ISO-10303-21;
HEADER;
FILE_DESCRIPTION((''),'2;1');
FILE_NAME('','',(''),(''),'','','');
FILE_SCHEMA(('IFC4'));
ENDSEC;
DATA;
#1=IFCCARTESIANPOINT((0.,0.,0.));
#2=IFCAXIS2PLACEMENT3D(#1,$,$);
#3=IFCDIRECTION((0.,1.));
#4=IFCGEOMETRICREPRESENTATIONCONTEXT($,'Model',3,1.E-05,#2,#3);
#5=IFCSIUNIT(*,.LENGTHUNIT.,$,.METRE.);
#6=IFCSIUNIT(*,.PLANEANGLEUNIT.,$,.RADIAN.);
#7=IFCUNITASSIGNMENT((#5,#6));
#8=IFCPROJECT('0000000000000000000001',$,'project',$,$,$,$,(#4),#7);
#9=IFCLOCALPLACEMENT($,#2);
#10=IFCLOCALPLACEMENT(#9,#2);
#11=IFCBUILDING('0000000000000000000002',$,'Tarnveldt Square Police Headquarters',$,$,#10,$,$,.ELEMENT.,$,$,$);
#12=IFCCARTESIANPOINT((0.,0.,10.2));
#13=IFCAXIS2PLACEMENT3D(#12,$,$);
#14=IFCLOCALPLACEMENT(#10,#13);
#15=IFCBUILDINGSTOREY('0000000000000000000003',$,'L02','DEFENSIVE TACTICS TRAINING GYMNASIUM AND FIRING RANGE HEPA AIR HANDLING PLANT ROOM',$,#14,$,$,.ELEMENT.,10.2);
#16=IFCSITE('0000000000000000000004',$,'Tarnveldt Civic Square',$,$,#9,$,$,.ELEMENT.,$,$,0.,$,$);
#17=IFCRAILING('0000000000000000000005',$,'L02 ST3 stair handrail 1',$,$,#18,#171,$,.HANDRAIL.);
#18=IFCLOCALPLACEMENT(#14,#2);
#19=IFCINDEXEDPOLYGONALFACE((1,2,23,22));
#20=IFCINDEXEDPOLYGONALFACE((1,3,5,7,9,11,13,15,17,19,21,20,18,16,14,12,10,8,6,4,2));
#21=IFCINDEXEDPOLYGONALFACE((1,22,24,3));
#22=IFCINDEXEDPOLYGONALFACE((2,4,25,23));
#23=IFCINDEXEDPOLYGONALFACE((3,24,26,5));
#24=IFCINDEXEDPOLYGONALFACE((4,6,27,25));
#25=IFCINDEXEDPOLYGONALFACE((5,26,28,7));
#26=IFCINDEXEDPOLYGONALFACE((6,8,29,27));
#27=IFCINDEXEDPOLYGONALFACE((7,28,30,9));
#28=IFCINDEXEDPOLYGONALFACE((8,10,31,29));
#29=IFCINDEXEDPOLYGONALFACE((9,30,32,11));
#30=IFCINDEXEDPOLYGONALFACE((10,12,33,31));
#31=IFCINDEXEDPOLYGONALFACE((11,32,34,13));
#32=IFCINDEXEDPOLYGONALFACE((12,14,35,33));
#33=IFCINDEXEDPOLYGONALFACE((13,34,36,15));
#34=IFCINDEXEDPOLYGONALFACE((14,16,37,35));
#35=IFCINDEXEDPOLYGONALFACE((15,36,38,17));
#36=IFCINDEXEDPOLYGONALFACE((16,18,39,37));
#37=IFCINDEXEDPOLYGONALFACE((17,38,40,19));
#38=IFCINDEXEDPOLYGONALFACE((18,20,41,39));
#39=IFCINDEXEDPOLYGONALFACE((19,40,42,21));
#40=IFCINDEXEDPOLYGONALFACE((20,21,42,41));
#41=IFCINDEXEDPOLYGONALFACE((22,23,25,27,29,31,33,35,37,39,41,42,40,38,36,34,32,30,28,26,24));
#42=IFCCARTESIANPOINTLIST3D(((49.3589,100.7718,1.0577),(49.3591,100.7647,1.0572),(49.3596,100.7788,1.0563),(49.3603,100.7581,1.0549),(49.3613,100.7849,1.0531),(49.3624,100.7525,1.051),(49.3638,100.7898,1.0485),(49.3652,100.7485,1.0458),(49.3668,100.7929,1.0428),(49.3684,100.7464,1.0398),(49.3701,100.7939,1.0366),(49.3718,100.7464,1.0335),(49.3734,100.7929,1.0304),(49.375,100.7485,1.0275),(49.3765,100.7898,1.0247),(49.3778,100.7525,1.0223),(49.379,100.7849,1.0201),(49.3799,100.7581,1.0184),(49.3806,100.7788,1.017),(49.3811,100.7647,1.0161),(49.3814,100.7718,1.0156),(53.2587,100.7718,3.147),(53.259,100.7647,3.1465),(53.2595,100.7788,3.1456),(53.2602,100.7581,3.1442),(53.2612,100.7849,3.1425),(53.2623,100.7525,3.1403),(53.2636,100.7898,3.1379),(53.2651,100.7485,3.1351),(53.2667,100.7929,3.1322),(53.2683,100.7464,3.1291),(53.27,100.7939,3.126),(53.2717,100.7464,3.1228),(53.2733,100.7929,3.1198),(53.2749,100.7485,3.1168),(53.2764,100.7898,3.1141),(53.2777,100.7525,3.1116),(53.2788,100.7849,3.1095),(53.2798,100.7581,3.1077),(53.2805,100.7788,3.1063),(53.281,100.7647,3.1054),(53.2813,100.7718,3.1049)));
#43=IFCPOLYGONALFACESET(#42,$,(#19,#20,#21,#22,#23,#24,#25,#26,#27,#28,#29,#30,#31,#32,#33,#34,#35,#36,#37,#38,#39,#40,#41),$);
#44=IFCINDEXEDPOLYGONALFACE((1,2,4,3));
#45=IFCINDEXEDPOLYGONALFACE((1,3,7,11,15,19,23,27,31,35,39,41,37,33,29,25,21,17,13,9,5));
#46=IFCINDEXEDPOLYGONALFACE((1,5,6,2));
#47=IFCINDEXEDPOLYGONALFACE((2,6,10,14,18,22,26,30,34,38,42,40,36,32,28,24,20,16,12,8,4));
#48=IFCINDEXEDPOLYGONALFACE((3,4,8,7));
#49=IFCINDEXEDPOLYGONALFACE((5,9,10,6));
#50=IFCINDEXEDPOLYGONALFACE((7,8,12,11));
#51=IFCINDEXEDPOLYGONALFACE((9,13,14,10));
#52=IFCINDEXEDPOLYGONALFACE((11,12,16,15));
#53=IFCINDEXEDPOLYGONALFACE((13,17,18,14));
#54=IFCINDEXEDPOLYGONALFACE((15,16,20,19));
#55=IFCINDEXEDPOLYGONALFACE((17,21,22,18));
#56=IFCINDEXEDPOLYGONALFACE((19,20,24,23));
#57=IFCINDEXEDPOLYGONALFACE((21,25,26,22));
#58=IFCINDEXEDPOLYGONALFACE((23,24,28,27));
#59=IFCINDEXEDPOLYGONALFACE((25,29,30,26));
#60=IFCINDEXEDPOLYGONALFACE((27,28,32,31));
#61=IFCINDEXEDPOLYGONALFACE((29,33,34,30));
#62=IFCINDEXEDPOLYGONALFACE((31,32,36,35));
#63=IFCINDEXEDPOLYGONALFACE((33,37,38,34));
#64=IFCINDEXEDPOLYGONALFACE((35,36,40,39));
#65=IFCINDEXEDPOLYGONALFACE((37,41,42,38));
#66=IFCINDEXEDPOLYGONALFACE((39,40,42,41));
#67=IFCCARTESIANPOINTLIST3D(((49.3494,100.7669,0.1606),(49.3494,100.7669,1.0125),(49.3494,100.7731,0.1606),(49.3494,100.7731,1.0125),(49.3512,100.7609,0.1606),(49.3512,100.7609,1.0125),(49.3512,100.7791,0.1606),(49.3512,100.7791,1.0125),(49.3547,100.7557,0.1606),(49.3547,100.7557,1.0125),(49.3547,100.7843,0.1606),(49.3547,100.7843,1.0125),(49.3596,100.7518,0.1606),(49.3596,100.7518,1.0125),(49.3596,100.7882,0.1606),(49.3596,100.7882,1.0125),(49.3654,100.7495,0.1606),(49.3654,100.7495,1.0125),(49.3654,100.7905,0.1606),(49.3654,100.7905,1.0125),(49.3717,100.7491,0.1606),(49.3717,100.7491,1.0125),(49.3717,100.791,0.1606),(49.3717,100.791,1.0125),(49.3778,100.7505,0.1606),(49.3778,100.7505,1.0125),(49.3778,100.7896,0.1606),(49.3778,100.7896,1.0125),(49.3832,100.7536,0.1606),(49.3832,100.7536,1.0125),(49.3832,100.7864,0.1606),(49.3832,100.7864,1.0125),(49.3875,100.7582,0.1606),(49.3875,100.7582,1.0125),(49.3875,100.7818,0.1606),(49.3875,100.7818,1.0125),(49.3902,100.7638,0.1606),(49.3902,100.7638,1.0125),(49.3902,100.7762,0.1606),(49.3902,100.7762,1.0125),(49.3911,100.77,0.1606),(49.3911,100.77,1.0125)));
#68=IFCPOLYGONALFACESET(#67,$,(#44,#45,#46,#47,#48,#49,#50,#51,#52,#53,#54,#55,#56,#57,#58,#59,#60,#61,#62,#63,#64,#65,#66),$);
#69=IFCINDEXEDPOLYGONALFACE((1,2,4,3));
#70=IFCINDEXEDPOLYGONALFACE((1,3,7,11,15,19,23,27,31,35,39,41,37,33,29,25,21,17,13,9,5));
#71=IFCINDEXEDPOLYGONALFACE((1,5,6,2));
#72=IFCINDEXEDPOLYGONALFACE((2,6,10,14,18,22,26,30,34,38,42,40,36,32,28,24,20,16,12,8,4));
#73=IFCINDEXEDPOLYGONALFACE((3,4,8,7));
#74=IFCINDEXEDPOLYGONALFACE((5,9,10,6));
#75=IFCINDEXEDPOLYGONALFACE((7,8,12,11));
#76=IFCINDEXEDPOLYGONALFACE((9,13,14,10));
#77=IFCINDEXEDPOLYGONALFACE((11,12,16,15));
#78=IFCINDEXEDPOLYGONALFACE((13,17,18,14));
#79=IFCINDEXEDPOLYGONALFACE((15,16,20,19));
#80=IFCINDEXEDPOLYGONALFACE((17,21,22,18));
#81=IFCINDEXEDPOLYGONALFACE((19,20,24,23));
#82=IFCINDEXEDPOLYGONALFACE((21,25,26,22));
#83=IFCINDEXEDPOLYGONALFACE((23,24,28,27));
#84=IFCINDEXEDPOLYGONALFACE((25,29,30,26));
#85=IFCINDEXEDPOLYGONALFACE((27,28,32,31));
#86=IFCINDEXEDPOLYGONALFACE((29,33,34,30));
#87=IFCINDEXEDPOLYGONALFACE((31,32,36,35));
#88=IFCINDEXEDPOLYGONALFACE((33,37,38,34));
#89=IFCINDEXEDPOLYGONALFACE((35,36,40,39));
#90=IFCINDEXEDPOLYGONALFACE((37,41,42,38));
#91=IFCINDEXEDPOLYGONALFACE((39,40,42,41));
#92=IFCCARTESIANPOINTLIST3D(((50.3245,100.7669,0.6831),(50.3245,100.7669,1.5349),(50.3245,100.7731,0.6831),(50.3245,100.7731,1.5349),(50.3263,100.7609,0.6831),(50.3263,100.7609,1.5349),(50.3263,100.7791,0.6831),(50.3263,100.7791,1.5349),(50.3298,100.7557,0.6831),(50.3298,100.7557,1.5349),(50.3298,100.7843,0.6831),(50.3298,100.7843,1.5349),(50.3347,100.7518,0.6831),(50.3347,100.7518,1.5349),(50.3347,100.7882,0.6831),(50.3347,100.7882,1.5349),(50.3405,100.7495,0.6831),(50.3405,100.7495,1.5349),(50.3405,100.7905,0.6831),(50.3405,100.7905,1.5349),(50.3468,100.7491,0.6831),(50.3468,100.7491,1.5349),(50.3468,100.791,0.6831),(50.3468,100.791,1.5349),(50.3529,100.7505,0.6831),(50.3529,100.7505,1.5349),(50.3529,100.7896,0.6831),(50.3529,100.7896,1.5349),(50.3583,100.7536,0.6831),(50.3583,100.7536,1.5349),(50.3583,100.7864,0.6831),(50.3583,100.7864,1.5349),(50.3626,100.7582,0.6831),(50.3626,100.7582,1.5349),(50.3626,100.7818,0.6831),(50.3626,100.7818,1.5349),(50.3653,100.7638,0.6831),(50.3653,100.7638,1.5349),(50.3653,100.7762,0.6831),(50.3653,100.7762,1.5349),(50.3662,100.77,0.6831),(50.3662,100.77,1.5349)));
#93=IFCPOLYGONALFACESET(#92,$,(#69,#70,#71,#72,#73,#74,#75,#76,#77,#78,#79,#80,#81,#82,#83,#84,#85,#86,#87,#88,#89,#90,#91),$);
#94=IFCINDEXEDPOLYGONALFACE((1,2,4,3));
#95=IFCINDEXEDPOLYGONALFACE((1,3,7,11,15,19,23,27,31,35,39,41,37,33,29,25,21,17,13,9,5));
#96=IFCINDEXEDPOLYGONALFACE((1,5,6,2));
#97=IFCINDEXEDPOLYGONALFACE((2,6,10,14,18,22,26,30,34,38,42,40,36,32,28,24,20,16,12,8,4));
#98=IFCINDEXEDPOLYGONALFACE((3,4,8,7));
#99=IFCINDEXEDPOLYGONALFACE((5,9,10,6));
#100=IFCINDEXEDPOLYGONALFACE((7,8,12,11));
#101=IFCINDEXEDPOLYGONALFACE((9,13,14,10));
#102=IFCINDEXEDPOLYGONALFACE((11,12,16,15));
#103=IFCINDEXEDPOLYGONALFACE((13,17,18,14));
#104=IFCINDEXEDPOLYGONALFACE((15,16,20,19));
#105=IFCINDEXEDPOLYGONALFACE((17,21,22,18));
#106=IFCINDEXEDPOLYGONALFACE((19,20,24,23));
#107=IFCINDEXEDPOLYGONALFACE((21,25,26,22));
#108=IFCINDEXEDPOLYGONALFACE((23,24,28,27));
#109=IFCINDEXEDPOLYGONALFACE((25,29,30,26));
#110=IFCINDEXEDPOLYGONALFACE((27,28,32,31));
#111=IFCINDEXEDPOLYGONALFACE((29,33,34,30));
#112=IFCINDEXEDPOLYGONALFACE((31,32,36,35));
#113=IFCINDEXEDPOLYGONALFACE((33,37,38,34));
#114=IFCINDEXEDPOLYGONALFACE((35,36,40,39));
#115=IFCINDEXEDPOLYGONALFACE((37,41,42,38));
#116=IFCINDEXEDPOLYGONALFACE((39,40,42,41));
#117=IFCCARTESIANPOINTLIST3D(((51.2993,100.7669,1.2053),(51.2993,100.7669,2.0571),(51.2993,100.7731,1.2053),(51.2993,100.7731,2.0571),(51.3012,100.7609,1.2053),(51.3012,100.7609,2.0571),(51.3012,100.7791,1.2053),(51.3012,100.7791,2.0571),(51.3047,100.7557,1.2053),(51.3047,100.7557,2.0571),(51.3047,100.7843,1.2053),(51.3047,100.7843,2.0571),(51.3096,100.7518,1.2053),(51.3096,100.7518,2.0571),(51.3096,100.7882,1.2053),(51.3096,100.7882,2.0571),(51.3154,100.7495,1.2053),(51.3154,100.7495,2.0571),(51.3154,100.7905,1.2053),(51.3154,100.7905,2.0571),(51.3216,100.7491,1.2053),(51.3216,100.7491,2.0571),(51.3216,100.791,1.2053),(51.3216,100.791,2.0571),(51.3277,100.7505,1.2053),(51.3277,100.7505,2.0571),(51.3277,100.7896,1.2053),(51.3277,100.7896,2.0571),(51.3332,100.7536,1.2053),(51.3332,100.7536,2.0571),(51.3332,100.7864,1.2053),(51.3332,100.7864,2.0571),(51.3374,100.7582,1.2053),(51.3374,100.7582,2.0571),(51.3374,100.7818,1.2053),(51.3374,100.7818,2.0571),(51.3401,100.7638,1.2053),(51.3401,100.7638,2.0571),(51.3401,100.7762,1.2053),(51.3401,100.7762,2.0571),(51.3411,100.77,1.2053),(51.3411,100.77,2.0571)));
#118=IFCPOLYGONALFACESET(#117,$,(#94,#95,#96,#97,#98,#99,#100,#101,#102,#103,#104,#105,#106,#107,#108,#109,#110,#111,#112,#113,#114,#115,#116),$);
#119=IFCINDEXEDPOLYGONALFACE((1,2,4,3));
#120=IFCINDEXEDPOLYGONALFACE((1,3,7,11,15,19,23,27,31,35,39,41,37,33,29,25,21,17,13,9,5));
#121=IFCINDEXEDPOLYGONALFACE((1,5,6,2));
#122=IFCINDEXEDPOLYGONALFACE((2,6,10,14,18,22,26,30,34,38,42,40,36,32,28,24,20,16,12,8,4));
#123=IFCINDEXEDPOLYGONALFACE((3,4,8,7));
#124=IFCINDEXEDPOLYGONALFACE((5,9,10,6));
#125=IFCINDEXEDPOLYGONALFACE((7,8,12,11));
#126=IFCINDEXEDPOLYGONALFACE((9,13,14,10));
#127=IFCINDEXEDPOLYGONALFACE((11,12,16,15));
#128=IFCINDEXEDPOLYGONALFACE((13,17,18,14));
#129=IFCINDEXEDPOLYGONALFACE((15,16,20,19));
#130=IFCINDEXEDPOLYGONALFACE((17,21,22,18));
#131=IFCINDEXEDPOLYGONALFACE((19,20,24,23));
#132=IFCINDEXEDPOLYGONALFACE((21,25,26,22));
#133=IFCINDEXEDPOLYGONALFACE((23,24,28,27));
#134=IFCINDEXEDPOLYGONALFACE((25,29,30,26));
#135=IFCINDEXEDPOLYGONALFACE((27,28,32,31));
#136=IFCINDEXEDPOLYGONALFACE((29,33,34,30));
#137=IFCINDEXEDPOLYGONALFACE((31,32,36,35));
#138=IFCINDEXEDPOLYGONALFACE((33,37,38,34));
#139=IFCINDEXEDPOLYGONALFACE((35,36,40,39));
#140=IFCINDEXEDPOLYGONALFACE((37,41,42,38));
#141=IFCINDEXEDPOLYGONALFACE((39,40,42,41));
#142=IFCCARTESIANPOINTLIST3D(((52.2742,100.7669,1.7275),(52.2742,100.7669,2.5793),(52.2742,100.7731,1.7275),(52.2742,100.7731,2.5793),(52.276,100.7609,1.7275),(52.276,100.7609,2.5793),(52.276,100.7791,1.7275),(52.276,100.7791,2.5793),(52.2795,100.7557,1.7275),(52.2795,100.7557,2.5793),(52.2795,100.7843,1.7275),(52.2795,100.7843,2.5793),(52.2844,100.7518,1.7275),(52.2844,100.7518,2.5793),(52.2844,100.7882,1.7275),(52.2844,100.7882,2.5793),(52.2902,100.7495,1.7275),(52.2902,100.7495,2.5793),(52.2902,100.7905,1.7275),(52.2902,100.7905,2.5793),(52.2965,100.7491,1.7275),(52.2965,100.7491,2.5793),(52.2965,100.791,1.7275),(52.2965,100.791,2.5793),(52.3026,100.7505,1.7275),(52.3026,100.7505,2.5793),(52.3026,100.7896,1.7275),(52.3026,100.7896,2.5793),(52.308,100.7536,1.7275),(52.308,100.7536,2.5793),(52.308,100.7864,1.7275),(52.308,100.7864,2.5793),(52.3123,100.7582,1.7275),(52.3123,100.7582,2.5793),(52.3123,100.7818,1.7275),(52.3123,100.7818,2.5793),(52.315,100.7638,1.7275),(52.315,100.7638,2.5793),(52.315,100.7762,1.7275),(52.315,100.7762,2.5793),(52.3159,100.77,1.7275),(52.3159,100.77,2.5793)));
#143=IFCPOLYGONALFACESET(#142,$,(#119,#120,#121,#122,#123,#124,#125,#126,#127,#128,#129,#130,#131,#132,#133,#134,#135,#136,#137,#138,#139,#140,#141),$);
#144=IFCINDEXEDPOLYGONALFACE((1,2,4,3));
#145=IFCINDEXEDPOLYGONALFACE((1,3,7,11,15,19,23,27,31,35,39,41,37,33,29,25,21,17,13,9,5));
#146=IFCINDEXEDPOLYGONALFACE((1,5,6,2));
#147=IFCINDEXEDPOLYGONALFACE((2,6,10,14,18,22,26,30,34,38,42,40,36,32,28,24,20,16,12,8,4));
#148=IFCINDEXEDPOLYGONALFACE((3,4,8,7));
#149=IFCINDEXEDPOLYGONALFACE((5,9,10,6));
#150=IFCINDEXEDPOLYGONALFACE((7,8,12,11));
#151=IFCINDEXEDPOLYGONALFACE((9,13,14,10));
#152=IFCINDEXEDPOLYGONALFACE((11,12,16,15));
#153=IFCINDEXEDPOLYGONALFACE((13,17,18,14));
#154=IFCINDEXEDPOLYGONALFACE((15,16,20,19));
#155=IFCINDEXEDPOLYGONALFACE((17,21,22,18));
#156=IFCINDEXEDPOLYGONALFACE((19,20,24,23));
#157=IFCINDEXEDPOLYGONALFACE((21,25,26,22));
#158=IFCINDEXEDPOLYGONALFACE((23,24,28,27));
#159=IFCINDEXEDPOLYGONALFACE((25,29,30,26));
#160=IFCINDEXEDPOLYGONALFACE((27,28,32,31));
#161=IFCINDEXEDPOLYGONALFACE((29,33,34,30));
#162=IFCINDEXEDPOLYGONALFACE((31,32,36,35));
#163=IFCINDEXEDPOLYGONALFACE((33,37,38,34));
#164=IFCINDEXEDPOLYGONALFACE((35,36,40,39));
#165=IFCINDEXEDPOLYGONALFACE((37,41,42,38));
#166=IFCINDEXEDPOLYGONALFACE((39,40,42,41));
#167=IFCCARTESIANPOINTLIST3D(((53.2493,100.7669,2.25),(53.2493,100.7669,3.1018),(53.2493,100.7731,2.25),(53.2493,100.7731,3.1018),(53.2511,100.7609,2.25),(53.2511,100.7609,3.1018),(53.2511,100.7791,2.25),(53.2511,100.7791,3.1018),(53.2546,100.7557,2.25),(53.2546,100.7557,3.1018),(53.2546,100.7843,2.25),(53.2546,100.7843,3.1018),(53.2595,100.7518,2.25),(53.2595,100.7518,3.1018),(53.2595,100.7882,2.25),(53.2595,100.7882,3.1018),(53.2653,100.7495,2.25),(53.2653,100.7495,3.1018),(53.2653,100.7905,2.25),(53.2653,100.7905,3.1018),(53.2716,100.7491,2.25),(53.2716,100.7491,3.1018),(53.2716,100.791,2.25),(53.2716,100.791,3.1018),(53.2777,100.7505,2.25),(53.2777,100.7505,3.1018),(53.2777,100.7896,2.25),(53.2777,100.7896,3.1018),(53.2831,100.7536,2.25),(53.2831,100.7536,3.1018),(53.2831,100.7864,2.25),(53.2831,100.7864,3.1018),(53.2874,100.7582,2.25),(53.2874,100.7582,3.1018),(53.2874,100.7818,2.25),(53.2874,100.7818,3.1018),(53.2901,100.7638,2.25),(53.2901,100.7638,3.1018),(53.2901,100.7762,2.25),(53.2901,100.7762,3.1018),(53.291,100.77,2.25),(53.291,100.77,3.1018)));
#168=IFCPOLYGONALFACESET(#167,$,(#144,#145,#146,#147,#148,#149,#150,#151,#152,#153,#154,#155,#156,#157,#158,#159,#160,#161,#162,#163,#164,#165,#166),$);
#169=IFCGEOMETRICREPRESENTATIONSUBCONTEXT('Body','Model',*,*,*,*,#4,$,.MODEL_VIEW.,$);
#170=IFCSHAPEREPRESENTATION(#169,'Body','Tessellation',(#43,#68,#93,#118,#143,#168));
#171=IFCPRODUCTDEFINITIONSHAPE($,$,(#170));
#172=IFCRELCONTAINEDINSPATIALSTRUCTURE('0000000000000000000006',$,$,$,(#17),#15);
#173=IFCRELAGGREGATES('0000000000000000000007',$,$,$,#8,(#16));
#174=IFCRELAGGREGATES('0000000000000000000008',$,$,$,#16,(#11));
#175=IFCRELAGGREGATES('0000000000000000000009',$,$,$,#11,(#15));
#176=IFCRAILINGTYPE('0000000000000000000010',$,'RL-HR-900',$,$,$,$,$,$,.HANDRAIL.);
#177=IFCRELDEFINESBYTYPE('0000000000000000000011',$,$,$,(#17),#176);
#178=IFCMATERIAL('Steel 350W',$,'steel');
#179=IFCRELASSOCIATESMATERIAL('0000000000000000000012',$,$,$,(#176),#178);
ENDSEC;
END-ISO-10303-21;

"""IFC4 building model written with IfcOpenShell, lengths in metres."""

from ifc_helpers import new_model, si_unit, direction, frame, origin, origin_2d, place, context, subcontext, project, spatial, circle, extrude, material, type_object, element, save


model = new_model("IFC4")

# Units and contexts
model_context = context("Model", 3, precision=1e-05, world=origin(), true_north=direction((0.0, 1.0)))
body_context = subcontext(model_context, "Body", "Model", "MODEL_VIEW")
ifc_project = project(units=[si_unit("LENGTHUNIT", "METRE"), si_unit("PLANEANGLEUNIT", "RADIAN")], contexts=[model_context])

# Site, building, storey
site_placement = place(None, origin())
site = spatial("IfcSite", under=ifc_project, at=site_placement, Name="Tarnveldt Civic Square", CompositionType="ELEMENT", RefElevation=0.0)
building_placement = place(site_placement, origin())
building = spatial("IfcBuilding", under=site, at=building_placement, Name="Tarnveldt Square Police Headquarters", CompositionType="ELEMENT")
storey_placement = place(building_placement, frame((0.0, 0.0, 10.2)))
storey = spatial("IfcBuildingStorey", under=building, at=storey_placement, Name="L02", Description="DEFENSIVE TACTICS TRAINING GYMNASIUM AND FIRING RANGE HEPA AIR HANDLING PLANT ROOM", CompositionType="ELEMENT", Elevation=10.2)

# Shared definitions
ifc_material_1 = material(Name="Steel 350W", Category="steel")

# Railing
railing_type_1 = type_object("IfcRailingType", Name="RL-HR-900", PredefinedType="HANDRAIL", material=ifc_material_1)
railing_1_placement = place(storey_placement, frame((49.3701, 100.77, 0.1606)))
element("IfcRailing", 1, at=railing_1_placement, inside=storey, type_object=railing_type_1, Name="L02 ST3 stair handrail 1", PredefinedType="HANDRAIL", context=body_context, shape_type="SweptSolid", body=[
    extrude(circle(Radius=0.0239, at=origin_2d()), frame((0.0, 0.0, 0.876), z_axis=(0.881468, 0.0, 0.472243), x_axis=(0.0, 1.0, 0.0)), (0.0, 0.0, 1.0), 4.4243),
    extrude(circle(Radius=0.021, at=origin_2d()), origin(), (0.0, 0.0, 1.0), 0.8518),
    extrude(circle(Radius=0.021, at=origin_2d()), frame((0.9751, 0.0, 0.5225)), (0.0, 0.0, 1.0), 0.8518),
    extrude(circle(Radius=0.021, at=origin_2d()), frame((1.95, 0.0, 1.0447)), (0.0, 0.0, 1.0), 0.8518),
    extrude(circle(Radius=0.021, at=origin_2d()), frame((2.9248, 0.0, 1.5669)), (0.0, 0.0, 1.0), 0.8518),
    extrude(circle(Radius=0.021, at=origin_2d()), frame((3.8999, 0.0, 2.0894)), (0.0, 0.0, 1.0), 0.8518),
])

save(model, "model.ifc")
